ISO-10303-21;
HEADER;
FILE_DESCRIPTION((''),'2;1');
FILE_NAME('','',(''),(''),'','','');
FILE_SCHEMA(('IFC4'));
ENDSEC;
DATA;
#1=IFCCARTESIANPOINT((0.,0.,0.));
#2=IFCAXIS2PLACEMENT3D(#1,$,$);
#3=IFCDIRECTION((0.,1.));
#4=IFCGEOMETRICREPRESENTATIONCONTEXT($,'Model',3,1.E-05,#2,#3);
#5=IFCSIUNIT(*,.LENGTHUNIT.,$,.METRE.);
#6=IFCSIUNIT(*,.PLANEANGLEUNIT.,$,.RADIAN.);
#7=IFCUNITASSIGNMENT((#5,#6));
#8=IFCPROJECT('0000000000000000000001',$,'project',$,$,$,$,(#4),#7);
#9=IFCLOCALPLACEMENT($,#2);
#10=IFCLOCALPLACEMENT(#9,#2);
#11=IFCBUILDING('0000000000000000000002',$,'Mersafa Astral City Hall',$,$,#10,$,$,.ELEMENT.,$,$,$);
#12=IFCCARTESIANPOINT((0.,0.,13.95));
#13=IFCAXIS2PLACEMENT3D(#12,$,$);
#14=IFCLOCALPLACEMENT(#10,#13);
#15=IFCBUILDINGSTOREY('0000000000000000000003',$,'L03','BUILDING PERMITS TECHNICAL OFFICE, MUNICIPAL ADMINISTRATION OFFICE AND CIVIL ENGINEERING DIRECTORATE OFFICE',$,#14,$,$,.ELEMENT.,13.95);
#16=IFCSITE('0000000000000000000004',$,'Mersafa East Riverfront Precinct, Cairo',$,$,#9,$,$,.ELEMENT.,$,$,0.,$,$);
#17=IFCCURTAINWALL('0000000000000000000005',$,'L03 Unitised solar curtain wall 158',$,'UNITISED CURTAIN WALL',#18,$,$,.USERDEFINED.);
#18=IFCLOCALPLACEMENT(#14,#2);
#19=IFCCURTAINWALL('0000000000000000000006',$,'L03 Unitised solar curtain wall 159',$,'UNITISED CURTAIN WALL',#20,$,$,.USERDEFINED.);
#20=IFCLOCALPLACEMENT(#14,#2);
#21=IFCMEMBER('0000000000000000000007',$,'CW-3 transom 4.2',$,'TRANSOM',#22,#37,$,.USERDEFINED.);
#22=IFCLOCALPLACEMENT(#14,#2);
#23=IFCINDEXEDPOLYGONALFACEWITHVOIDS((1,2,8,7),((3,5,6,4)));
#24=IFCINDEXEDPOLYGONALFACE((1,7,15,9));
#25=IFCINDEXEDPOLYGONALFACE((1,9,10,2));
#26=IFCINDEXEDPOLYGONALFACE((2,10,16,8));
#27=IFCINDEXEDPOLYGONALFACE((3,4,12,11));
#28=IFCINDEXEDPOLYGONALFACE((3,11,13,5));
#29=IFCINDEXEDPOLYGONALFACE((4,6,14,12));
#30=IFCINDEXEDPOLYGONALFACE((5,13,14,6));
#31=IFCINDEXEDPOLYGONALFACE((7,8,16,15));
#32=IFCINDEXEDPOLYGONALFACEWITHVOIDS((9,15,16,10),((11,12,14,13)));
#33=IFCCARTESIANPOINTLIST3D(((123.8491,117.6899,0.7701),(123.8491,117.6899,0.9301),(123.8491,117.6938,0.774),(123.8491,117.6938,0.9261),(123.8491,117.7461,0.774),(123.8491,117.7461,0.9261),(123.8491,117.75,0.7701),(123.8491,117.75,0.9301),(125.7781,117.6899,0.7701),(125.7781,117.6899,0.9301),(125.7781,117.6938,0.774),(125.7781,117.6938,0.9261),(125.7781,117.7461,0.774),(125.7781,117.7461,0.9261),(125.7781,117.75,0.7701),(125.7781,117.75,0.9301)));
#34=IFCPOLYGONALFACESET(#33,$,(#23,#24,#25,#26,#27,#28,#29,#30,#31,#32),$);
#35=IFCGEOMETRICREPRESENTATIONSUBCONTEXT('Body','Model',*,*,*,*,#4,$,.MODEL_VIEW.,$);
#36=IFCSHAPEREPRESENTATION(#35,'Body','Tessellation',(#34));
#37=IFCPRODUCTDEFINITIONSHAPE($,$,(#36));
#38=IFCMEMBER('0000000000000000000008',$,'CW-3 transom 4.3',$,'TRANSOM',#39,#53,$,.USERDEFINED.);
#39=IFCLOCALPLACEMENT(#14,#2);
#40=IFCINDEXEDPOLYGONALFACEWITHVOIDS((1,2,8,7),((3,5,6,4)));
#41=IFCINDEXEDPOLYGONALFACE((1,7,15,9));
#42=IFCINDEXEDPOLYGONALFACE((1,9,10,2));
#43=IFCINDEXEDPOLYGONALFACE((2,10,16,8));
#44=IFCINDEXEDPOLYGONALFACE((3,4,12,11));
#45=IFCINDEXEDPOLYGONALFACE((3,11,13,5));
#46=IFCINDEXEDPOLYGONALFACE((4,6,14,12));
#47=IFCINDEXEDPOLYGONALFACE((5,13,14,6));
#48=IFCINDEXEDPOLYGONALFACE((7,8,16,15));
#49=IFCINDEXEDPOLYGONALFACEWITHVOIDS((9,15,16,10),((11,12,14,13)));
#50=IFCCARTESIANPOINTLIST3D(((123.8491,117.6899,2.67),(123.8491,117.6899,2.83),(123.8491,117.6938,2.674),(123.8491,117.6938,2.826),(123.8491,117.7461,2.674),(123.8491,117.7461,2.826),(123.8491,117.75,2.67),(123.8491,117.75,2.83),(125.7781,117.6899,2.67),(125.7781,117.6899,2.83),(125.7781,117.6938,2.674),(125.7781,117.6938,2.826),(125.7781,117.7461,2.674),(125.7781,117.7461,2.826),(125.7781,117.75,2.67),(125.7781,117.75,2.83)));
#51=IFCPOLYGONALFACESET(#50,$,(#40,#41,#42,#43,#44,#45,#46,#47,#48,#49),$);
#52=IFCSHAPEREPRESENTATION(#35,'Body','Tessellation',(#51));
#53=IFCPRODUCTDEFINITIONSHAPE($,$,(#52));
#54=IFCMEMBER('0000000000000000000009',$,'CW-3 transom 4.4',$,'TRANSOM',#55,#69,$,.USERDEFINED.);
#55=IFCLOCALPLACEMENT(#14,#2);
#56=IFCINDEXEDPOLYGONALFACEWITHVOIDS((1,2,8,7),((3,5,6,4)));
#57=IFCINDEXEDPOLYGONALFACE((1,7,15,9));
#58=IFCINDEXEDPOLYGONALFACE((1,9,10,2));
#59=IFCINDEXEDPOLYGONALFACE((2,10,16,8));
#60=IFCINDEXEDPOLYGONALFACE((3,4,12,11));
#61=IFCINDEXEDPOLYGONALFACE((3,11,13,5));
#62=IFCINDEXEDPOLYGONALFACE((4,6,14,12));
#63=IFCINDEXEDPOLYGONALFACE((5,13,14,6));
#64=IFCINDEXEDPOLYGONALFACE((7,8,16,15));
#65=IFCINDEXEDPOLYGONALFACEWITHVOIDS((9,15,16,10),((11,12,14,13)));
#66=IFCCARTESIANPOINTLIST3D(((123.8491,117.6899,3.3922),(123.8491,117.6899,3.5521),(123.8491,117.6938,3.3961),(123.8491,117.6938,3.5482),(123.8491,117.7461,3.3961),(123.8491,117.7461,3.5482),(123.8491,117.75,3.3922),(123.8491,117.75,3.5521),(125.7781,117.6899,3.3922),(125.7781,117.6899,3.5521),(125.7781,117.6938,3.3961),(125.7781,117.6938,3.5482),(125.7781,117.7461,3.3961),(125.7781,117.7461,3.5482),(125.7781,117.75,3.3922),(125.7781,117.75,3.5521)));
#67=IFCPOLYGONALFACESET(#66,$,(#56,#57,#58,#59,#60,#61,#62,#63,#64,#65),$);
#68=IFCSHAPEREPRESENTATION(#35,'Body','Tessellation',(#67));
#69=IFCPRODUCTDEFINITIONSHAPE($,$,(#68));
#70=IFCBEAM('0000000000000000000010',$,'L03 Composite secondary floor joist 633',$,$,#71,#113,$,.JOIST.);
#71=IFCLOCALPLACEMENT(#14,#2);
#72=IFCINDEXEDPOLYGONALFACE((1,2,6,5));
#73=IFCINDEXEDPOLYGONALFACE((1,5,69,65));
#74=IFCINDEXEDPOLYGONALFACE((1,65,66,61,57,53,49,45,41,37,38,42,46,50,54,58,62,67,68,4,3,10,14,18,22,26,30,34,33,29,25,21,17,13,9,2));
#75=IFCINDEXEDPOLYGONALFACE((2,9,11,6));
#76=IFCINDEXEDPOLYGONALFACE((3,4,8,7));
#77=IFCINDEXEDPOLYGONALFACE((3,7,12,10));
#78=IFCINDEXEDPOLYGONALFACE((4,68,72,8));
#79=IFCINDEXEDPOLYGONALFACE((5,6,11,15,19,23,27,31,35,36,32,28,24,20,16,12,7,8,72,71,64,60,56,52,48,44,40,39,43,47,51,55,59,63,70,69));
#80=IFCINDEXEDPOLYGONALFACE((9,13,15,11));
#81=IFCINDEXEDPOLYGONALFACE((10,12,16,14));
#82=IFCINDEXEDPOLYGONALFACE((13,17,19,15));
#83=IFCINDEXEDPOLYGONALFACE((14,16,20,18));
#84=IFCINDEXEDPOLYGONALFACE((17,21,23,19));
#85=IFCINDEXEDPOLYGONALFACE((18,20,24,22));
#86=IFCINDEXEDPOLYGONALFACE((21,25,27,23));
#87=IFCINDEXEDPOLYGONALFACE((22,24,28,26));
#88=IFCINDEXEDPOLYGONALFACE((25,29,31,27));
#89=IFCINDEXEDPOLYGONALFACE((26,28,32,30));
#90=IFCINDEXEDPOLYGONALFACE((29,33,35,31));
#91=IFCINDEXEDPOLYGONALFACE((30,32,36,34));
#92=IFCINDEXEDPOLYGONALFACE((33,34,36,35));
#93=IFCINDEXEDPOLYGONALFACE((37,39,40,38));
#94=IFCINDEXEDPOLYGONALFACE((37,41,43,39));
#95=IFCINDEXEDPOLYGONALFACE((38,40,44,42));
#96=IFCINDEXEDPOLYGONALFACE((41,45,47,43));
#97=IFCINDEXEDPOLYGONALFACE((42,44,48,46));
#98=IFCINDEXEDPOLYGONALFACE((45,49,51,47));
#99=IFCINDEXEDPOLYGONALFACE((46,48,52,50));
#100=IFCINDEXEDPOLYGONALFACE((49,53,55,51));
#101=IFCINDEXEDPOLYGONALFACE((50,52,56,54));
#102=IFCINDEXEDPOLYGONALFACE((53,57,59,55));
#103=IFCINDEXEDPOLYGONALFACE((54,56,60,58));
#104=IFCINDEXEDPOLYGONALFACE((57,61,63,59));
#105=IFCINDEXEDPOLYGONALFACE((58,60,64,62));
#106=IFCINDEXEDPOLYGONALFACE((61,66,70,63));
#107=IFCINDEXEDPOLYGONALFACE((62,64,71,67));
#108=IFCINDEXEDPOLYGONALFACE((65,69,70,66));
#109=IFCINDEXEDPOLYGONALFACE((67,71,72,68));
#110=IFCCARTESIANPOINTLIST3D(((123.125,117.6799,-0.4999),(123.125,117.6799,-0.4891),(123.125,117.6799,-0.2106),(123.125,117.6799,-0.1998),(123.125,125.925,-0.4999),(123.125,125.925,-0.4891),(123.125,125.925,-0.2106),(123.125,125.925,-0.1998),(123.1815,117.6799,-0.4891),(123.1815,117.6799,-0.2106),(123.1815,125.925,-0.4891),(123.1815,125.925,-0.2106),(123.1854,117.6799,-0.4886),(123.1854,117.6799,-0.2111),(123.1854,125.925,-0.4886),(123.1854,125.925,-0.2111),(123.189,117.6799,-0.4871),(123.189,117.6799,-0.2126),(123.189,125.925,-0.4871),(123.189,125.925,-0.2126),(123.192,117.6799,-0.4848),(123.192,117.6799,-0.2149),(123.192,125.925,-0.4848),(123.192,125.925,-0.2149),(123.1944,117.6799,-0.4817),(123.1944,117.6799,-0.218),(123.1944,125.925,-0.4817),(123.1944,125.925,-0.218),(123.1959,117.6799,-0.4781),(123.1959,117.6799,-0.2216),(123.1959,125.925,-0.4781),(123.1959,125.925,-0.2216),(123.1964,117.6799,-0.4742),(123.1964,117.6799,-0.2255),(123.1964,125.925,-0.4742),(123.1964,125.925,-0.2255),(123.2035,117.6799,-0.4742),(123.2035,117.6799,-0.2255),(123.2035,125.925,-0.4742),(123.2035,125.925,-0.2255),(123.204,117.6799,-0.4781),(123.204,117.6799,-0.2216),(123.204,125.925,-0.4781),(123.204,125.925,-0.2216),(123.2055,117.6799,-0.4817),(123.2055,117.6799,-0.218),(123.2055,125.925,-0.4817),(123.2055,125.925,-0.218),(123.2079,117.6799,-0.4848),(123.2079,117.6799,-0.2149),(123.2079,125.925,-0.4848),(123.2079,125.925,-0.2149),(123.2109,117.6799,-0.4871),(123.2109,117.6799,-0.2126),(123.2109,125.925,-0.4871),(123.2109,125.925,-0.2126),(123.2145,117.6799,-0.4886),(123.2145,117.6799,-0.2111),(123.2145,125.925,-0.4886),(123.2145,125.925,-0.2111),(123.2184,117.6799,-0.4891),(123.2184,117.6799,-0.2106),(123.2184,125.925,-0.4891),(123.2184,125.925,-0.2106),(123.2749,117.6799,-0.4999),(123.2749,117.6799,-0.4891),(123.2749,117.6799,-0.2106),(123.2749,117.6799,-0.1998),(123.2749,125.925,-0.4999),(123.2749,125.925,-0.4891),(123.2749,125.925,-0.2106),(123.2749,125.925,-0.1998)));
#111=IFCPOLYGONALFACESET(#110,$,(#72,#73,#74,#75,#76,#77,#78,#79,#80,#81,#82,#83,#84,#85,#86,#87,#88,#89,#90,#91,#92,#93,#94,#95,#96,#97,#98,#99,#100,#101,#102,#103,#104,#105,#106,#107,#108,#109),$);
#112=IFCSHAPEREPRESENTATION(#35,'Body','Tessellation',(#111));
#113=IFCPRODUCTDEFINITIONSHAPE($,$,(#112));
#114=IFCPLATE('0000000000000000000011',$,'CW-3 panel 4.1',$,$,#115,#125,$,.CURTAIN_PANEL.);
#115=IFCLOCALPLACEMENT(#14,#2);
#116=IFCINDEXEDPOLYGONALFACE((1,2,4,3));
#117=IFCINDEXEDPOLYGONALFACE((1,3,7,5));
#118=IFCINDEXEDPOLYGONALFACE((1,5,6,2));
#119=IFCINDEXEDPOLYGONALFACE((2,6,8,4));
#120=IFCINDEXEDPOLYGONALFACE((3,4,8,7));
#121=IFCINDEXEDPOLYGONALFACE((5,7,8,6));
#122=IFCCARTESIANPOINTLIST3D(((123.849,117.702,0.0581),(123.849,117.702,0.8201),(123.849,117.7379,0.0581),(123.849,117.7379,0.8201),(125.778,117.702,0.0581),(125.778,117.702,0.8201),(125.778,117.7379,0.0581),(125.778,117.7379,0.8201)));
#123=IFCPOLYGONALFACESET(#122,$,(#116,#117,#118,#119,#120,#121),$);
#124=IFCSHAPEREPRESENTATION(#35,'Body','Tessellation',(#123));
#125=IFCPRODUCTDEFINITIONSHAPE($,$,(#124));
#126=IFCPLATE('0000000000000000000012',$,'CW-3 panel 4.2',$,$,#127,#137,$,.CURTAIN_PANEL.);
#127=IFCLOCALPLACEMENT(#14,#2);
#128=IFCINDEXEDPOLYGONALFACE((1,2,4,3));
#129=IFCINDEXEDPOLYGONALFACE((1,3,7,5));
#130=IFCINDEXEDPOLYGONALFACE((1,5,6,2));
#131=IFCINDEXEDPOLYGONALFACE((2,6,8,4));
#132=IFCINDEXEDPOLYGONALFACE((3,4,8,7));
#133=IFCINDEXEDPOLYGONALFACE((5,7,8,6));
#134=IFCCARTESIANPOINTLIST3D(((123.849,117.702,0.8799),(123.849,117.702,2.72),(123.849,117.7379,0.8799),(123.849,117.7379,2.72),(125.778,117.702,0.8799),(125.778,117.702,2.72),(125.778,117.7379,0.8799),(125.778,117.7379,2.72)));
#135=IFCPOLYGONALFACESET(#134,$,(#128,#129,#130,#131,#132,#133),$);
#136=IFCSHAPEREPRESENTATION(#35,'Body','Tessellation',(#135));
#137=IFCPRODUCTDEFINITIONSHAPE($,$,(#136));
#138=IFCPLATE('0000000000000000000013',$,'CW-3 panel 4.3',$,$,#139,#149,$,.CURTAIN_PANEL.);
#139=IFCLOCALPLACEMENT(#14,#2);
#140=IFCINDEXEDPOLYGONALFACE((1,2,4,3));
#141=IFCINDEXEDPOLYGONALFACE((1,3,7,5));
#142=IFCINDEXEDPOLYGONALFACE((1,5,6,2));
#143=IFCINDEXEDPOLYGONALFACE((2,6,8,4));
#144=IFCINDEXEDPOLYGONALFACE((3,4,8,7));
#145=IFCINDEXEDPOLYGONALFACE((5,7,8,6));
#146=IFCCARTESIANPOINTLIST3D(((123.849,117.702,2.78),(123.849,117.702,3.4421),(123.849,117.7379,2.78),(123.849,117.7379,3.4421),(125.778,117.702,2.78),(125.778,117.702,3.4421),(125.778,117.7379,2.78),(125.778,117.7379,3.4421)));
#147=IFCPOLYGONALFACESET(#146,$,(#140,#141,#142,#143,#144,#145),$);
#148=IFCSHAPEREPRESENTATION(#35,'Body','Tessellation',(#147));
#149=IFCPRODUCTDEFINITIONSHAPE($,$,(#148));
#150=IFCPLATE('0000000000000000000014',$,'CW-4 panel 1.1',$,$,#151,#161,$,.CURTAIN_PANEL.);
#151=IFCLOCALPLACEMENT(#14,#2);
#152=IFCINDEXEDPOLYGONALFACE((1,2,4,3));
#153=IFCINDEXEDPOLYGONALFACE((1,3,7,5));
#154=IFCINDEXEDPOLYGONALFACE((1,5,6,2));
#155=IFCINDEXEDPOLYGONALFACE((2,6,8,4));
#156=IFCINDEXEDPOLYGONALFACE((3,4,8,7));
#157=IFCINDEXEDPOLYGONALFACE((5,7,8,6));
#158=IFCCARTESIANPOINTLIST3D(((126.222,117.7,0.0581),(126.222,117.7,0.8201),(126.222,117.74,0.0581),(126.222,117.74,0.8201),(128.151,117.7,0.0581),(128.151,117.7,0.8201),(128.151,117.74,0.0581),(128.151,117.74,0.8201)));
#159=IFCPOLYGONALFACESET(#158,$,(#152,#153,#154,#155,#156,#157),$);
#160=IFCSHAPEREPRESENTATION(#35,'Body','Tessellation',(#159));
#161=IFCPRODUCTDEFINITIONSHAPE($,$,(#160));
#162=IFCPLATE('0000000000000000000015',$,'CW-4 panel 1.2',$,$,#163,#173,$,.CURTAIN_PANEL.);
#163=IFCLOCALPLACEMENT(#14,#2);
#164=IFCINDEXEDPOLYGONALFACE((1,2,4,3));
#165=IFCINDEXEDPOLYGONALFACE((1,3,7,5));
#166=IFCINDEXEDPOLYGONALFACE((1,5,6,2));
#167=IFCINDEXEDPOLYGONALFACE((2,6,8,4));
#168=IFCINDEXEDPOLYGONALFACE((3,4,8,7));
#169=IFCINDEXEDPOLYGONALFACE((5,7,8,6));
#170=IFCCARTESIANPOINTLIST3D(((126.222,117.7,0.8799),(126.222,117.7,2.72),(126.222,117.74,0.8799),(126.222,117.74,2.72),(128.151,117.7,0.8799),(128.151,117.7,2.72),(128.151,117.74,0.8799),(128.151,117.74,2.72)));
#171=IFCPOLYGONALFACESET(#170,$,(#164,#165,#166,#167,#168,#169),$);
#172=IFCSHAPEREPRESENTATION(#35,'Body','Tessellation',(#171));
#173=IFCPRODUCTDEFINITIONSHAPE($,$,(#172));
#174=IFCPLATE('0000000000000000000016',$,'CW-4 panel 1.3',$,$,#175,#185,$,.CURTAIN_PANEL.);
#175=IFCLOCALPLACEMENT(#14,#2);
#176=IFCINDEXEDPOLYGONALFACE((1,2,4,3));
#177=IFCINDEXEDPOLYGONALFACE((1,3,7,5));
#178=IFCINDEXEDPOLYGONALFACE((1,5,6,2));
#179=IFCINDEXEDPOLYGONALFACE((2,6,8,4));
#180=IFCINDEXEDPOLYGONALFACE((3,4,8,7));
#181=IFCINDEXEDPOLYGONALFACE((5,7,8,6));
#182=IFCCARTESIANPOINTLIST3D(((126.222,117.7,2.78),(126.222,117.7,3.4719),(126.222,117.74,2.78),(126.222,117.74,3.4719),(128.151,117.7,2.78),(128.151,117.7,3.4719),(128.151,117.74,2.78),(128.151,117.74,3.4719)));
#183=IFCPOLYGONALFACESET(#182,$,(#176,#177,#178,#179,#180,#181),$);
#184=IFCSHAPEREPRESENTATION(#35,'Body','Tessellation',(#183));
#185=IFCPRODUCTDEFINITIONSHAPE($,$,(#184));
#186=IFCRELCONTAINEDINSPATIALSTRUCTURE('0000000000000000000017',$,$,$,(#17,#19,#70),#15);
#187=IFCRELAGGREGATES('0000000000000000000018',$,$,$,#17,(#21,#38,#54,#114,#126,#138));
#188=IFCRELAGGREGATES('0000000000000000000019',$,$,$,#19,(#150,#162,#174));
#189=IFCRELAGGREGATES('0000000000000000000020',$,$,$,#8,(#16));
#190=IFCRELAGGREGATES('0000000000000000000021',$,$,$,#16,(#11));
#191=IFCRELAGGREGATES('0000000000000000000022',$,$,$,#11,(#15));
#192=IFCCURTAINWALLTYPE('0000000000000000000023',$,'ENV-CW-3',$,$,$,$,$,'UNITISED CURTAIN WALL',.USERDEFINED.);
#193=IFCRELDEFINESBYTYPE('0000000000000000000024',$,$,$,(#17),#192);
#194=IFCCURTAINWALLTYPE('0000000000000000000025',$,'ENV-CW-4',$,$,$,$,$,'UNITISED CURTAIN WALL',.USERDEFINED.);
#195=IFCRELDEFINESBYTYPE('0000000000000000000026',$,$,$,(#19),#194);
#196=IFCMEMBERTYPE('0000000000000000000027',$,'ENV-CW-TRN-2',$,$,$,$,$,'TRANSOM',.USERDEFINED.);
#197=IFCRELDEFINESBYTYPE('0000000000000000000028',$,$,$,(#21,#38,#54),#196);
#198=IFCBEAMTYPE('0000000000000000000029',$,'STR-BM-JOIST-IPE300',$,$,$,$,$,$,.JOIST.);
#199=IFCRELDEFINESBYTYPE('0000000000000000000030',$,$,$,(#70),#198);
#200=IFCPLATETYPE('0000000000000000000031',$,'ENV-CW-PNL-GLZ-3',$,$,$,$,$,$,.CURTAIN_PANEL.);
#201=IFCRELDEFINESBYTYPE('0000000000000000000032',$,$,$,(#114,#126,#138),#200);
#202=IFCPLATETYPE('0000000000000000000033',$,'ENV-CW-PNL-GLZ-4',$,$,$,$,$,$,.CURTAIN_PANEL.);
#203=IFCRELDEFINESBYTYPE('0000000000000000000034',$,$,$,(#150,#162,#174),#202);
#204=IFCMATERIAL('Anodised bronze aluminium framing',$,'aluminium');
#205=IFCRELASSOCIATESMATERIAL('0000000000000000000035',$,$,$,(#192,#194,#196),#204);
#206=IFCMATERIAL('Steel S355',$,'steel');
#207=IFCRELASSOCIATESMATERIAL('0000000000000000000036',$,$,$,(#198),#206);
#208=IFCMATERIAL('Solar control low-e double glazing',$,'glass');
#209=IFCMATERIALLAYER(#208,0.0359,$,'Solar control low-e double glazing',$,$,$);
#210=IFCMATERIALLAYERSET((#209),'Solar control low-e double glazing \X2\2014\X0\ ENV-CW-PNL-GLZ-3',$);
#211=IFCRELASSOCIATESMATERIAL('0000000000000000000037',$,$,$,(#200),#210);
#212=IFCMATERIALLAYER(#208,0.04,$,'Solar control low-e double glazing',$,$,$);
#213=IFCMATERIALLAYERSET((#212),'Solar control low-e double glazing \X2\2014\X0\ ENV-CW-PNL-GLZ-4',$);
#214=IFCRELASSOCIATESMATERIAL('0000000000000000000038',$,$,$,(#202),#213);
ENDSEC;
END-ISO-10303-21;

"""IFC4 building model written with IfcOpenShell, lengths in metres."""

from ifc_helpers import new_model, si_unit, direction, frame, origin, origin_2d, place, context, subcontext, project, spatial, rectangle, hollow_rectangle, i_section, extrude, material, layer, layer_set, material_profile, profile_set, type_object, element, aggregate, save


model = new_model("IFC4")

# Units and contexts
model_context = context("Model", 3, precision=1e-05, world=origin(), true_north=direction((0.0, 1.0)))
body_context = subcontext(model_context, "Body", "Model", "MODEL_VIEW")
ifc_project = project(units=[si_unit("LENGTHUNIT", "METRE"), si_unit("PLANEANGLEUNIT", "RADIAN")], contexts=[model_context])

# Site, building, storey
site_placement = place(None, origin())
site = spatial("IfcSite", under=ifc_project, at=site_placement, Name="Mersafa East Riverfront Precinct, Cairo", CompositionType="ELEMENT", RefElevation=0.0)
building_placement = place(site_placement, origin())
building = spatial("IfcBuilding", under=site, at=building_placement, Name="Mersafa Astral City Hall", CompositionType="ELEMENT")
storey_placement = place(building_placement, frame((0.0, 0.0, 13.95)))
storey = spatial("IfcBuildingStorey", under=building, at=storey_placement, Name="L03", Description="BUILDING PERMITS TECHNICAL OFFICE, MUNICIPAL ADMINISTRATION OFFICE AND CIVIL ENGINEERING DIRECTORATE OFFICE", CompositionType="ELEMENT", Elevation=13.95)

# Curtain walls
ifc_material_1 = material(Name="Anodised bronze aluminium framing", Category="aluminium")
curtain_wall_type_1 = type_object("IfcCurtainWallType", Name="ENV-CW-3", ElementType="UNITISED CURTAIN WALL", PredefinedType="USERDEFINED", material=ifc_material_1)
curtain_wall_1_placement = place(storey_placement, origin())
curtain_wall_1 = element("IfcCurtainWall", 1, at=curtain_wall_1_placement, inside=storey, type_object=curtain_wall_type_1, Name="L03 Unitised solar curtain wall 158", ObjectType="UNITISED CURTAIN WALL", PredefinedType="USERDEFINED")
curtain_wall_type_2 = type_object("IfcCurtainWallType", Name="ENV-CW-4", ElementType="UNITISED CURTAIN WALL", PredefinedType="USERDEFINED", material=ifc_material_1)
curtain_wall_2_placement = place(storey_placement, origin())
curtain_wall_2 = element("IfcCurtainWall", 2, at=curtain_wall_2_placement, inside=storey, type_object=curtain_wall_type_2, Name="L03 Unitised solar curtain wall 159", ObjectType="UNITISED CURTAIN WALL", PredefinedType="USERDEFINED")

# Members
ifc_material_profile_1 = material_profile(ifc_material_1, hollow_rectangle(XDim=0.0601, YDim=0.1599, WallThickness=0.0039, at=origin_2d()), Name="RHS 60x160x4")
ifc_profile_set_1 = profile_set([ifc_material_profile_1], Name="Anodised bronze aluminium framing")
member_type_1 = type_object("IfcMemberType", Name="ENV-CW-TRN-2", ElementType="TRANSOM", PredefinedType="USERDEFINED", material=ifc_profile_set_1)
member_1_placement = place(storey_placement, frame((123.8491, 117.72, 0.8501), z_axis=(1.0, 0.0, 0.0), x_axis=(0.0, 1.0, 0.0)))
member_1 = element("IfcMember", 3, at=member_1_placement, type_object=member_type_1, Name="CW-3 transom 4.2", ObjectType="TRANSOM", PredefinedType="USERDEFINED", context=body_context, shape_type="SweptSolid", body=[
    extrude(hollow_rectangle(XDim=0.0601, YDim=0.1599, WallThickness=0.0039, at=origin_2d()), origin(), (0.0, 0.0, 1.0), 1.929),
])
member_2_placement = place(storey_placement, frame((123.8491, 117.72, 2.75), z_axis=(1.0, 0.0, 0.0), x_axis=(0.0, 1.0, 0.0)))
member_2 = element("IfcMember", 4, at=member_2_placement, type_object=member_type_1, Name="CW-3 transom 4.3", ObjectType="TRANSOM", PredefinedType="USERDEFINED", context=body_context, shape_type="SweptSolid", body=[
    extrude(hollow_rectangle(XDim=0.0601, YDim=0.1599, WallThickness=0.0039, at=origin_2d()), origin(), (0.0, 0.0, 1.0), 1.929),
])
member_3_placement = place(storey_placement, frame((123.8491, 117.72, 3.4722), z_axis=(1.0, 0.0, 0.0), x_axis=(0.0, 1.0, 0.0)))
member_3 = element("IfcMember", 5, at=member_3_placement, type_object=member_type_1, Name="CW-3 transom 4.4", ObjectType="TRANSOM", PredefinedType="USERDEFINED", context=body_context, shape_type="SweptSolid", body=[
    extrude(hollow_rectangle(XDim=0.0601, YDim=0.1599, WallThickness=0.0039, at=origin_2d()), origin(), (0.0, 0.0, 1.0), 1.929),
])

# Beam
ifc_material_2 = material(Name="Steel S355", Category="steel")
ifc_material_profile_2 = material_profile(ifc_material_2, i_section(OverallWidth=0.1499, OverallDepth=0.3, WebThickness=0.0071, FlangeThickness=0.0107, FilletRadius=0.0149, at=origin_2d()), Name="IPE 300")
ifc_profile_set_2 = profile_set([ifc_material_profile_2], Name="Steel S355")
beam_type = type_object("IfcBeamType", Name="STR-BM-JOIST-IPE300", PredefinedType="JOIST", material=ifc_profile_set_2)
beam_placement = place(storey_placement, frame((123.2, 117.6799, -0.3499), z_axis=(0.0, 1.0, 0.0), x_axis=(-1.0, 0.0, 0.0)))
element("IfcBeam", 6, at=beam_placement, inside=storey, type_object=beam_type, Name="L03 Composite secondary floor joist 633", PredefinedType="JOIST", context=body_context, shape_type="SweptSolid", body=[
    extrude(i_section(OverallWidth=0.1499, OverallDepth=0.3, WebThickness=0.0071, FlangeThickness=0.0107, FilletRadius=0.0149, at=origin_2d()), origin(), (0.0, 0.0, 1.0), 8.2451),
])

# Plates
ifc_material_3 = material(Name="Solar control low-e double glazing", Category="glass")
ifc_layer_1 = layer(ifc_material_3, 0.0359, Name="Solar control low-e double glazing")
ifc_layer_set_1 = layer_set([ifc_layer_1], Name="Solar control low-e double glazing — ENV-CW-PNL-GLZ-3")
plate_type_1 = type_object("IfcPlateType", Name="ENV-CW-PNL-GLZ-3", PredefinedType="CURTAIN_PANEL", material=ifc_layer_set_1)
plate_1_placement = place(storey_placement, frame((124.8135, 117.72, 0.0581), z_axis=(0.0, 0.0, 1.0), x_axis=(1.0, 0.0, 0.0)))
plate_1 = element("IfcPlate", 7, at=plate_1_placement, type_object=plate_type_1, Name="CW-3 panel 4.1", PredefinedType="CURTAIN_PANEL", context=body_context, shape_type="SweptSolid", body=[
    extrude(rectangle(XDim=1.929, YDim=0.0359, at=origin_2d()), origin(), (0.0, 0.0, 1.0), 0.762),
])
plate_2_placement = place(storey_placement, frame((124.8135, 117.72, 0.8799), z_axis=(0.0, 0.0, 1.0), x_axis=(1.0, 0.0, 0.0)))
plate_2 = element("IfcPlate", 8, at=plate_2_placement, type_object=plate_type_1, Name="CW-3 panel 4.2", PredefinedType="CURTAIN_PANEL", context=body_context, shape_type="SweptSolid", body=[
    extrude(rectangle(XDim=1.929, YDim=0.0359, at=origin_2d()), origin(), (0.0, 0.0, 1.0), 1.8401),
])
plate_3_placement = place(storey_placement, frame((124.8135, 117.72, 2.78), z_axis=(0.0, 0.0, 1.0), x_axis=(1.0, 0.0, 0.0)))
plate_3 = element("IfcPlate", 9, at=plate_3_placement, type_object=plate_type_1, Name="CW-3 panel 4.3", PredefinedType="CURTAIN_PANEL", context=body_context, shape_type="SweptSolid", body=[
    extrude(rectangle(XDim=1.929, YDim=0.0359, at=origin_2d()), origin(), (0.0, 0.0, 1.0), 0.6621),
])
aggregate(curtain_wall_1, [member_1, member_2, member_3, plate_1, plate_2, plate_3])
ifc_layer_2 = layer(ifc_material_3, 0.04, Name="Solar control low-e double glazing")
ifc_layer_set_2 = layer_set([ifc_layer_2], Name="Solar control low-e double glazing — ENV-CW-PNL-GLZ-4")
plate_type_2 = type_object("IfcPlateType", Name="ENV-CW-PNL-GLZ-4", PredefinedType="CURTAIN_PANEL", material=ifc_layer_set_2)
plate_4_placement = place(storey_placement, frame((127.1865, 117.72, 0.0581), z_axis=(0.0, 0.0, 1.0), x_axis=(1.0, 0.0, 0.0)))
plate_4 = element("IfcPlate", 10, at=plate_4_placement, type_object=plate_type_2, Name="CW-4 panel 1.1", PredefinedType="CURTAIN_PANEL", context=body_context, shape_type="SweptSolid", body=[
    extrude(rectangle(XDim=1.929, YDim=0.04, at=origin_2d()), origin(), (0.0, 0.0, 1.0), 0.762),
])
plate_5_placement = place(storey_placement, frame((127.1865, 117.72, 0.8799), z_axis=(0.0, 0.0, 1.0), x_axis=(1.0, 0.0, 0.0)))
plate_5 = element("IfcPlate", 11, at=plate_5_placement, type_object=plate_type_2, Name="CW-4 panel 1.2", PredefinedType="CURTAIN_PANEL", context=body_context, shape_type="SweptSolid", body=[
    extrude(rectangle(XDim=1.929, YDim=0.04, at=origin_2d()), origin(), (0.0, 0.0, 1.0), 1.8401),
])
plate_6_placement = place(storey_placement, frame((127.1865, 117.72, 2.78), z_axis=(0.0, 0.0, 1.0), x_axis=(1.0, 0.0, 0.0)))
plate_6 = element("IfcPlate", 12, at=plate_6_placement, type_object=plate_type_2, Name="CW-4 panel 1.3", PredefinedType="CURTAIN_PANEL", context=body_context, shape_type="SweptSolid", body=[
    extrude(rectangle(XDim=1.929, YDim=0.04, at=origin_2d()), origin(), (0.0, 0.0, 1.0), 0.6919),
])
aggregate(curtain_wall_2, [plate_4, plate_5, plate_6])

save(model, "model.ifc")
